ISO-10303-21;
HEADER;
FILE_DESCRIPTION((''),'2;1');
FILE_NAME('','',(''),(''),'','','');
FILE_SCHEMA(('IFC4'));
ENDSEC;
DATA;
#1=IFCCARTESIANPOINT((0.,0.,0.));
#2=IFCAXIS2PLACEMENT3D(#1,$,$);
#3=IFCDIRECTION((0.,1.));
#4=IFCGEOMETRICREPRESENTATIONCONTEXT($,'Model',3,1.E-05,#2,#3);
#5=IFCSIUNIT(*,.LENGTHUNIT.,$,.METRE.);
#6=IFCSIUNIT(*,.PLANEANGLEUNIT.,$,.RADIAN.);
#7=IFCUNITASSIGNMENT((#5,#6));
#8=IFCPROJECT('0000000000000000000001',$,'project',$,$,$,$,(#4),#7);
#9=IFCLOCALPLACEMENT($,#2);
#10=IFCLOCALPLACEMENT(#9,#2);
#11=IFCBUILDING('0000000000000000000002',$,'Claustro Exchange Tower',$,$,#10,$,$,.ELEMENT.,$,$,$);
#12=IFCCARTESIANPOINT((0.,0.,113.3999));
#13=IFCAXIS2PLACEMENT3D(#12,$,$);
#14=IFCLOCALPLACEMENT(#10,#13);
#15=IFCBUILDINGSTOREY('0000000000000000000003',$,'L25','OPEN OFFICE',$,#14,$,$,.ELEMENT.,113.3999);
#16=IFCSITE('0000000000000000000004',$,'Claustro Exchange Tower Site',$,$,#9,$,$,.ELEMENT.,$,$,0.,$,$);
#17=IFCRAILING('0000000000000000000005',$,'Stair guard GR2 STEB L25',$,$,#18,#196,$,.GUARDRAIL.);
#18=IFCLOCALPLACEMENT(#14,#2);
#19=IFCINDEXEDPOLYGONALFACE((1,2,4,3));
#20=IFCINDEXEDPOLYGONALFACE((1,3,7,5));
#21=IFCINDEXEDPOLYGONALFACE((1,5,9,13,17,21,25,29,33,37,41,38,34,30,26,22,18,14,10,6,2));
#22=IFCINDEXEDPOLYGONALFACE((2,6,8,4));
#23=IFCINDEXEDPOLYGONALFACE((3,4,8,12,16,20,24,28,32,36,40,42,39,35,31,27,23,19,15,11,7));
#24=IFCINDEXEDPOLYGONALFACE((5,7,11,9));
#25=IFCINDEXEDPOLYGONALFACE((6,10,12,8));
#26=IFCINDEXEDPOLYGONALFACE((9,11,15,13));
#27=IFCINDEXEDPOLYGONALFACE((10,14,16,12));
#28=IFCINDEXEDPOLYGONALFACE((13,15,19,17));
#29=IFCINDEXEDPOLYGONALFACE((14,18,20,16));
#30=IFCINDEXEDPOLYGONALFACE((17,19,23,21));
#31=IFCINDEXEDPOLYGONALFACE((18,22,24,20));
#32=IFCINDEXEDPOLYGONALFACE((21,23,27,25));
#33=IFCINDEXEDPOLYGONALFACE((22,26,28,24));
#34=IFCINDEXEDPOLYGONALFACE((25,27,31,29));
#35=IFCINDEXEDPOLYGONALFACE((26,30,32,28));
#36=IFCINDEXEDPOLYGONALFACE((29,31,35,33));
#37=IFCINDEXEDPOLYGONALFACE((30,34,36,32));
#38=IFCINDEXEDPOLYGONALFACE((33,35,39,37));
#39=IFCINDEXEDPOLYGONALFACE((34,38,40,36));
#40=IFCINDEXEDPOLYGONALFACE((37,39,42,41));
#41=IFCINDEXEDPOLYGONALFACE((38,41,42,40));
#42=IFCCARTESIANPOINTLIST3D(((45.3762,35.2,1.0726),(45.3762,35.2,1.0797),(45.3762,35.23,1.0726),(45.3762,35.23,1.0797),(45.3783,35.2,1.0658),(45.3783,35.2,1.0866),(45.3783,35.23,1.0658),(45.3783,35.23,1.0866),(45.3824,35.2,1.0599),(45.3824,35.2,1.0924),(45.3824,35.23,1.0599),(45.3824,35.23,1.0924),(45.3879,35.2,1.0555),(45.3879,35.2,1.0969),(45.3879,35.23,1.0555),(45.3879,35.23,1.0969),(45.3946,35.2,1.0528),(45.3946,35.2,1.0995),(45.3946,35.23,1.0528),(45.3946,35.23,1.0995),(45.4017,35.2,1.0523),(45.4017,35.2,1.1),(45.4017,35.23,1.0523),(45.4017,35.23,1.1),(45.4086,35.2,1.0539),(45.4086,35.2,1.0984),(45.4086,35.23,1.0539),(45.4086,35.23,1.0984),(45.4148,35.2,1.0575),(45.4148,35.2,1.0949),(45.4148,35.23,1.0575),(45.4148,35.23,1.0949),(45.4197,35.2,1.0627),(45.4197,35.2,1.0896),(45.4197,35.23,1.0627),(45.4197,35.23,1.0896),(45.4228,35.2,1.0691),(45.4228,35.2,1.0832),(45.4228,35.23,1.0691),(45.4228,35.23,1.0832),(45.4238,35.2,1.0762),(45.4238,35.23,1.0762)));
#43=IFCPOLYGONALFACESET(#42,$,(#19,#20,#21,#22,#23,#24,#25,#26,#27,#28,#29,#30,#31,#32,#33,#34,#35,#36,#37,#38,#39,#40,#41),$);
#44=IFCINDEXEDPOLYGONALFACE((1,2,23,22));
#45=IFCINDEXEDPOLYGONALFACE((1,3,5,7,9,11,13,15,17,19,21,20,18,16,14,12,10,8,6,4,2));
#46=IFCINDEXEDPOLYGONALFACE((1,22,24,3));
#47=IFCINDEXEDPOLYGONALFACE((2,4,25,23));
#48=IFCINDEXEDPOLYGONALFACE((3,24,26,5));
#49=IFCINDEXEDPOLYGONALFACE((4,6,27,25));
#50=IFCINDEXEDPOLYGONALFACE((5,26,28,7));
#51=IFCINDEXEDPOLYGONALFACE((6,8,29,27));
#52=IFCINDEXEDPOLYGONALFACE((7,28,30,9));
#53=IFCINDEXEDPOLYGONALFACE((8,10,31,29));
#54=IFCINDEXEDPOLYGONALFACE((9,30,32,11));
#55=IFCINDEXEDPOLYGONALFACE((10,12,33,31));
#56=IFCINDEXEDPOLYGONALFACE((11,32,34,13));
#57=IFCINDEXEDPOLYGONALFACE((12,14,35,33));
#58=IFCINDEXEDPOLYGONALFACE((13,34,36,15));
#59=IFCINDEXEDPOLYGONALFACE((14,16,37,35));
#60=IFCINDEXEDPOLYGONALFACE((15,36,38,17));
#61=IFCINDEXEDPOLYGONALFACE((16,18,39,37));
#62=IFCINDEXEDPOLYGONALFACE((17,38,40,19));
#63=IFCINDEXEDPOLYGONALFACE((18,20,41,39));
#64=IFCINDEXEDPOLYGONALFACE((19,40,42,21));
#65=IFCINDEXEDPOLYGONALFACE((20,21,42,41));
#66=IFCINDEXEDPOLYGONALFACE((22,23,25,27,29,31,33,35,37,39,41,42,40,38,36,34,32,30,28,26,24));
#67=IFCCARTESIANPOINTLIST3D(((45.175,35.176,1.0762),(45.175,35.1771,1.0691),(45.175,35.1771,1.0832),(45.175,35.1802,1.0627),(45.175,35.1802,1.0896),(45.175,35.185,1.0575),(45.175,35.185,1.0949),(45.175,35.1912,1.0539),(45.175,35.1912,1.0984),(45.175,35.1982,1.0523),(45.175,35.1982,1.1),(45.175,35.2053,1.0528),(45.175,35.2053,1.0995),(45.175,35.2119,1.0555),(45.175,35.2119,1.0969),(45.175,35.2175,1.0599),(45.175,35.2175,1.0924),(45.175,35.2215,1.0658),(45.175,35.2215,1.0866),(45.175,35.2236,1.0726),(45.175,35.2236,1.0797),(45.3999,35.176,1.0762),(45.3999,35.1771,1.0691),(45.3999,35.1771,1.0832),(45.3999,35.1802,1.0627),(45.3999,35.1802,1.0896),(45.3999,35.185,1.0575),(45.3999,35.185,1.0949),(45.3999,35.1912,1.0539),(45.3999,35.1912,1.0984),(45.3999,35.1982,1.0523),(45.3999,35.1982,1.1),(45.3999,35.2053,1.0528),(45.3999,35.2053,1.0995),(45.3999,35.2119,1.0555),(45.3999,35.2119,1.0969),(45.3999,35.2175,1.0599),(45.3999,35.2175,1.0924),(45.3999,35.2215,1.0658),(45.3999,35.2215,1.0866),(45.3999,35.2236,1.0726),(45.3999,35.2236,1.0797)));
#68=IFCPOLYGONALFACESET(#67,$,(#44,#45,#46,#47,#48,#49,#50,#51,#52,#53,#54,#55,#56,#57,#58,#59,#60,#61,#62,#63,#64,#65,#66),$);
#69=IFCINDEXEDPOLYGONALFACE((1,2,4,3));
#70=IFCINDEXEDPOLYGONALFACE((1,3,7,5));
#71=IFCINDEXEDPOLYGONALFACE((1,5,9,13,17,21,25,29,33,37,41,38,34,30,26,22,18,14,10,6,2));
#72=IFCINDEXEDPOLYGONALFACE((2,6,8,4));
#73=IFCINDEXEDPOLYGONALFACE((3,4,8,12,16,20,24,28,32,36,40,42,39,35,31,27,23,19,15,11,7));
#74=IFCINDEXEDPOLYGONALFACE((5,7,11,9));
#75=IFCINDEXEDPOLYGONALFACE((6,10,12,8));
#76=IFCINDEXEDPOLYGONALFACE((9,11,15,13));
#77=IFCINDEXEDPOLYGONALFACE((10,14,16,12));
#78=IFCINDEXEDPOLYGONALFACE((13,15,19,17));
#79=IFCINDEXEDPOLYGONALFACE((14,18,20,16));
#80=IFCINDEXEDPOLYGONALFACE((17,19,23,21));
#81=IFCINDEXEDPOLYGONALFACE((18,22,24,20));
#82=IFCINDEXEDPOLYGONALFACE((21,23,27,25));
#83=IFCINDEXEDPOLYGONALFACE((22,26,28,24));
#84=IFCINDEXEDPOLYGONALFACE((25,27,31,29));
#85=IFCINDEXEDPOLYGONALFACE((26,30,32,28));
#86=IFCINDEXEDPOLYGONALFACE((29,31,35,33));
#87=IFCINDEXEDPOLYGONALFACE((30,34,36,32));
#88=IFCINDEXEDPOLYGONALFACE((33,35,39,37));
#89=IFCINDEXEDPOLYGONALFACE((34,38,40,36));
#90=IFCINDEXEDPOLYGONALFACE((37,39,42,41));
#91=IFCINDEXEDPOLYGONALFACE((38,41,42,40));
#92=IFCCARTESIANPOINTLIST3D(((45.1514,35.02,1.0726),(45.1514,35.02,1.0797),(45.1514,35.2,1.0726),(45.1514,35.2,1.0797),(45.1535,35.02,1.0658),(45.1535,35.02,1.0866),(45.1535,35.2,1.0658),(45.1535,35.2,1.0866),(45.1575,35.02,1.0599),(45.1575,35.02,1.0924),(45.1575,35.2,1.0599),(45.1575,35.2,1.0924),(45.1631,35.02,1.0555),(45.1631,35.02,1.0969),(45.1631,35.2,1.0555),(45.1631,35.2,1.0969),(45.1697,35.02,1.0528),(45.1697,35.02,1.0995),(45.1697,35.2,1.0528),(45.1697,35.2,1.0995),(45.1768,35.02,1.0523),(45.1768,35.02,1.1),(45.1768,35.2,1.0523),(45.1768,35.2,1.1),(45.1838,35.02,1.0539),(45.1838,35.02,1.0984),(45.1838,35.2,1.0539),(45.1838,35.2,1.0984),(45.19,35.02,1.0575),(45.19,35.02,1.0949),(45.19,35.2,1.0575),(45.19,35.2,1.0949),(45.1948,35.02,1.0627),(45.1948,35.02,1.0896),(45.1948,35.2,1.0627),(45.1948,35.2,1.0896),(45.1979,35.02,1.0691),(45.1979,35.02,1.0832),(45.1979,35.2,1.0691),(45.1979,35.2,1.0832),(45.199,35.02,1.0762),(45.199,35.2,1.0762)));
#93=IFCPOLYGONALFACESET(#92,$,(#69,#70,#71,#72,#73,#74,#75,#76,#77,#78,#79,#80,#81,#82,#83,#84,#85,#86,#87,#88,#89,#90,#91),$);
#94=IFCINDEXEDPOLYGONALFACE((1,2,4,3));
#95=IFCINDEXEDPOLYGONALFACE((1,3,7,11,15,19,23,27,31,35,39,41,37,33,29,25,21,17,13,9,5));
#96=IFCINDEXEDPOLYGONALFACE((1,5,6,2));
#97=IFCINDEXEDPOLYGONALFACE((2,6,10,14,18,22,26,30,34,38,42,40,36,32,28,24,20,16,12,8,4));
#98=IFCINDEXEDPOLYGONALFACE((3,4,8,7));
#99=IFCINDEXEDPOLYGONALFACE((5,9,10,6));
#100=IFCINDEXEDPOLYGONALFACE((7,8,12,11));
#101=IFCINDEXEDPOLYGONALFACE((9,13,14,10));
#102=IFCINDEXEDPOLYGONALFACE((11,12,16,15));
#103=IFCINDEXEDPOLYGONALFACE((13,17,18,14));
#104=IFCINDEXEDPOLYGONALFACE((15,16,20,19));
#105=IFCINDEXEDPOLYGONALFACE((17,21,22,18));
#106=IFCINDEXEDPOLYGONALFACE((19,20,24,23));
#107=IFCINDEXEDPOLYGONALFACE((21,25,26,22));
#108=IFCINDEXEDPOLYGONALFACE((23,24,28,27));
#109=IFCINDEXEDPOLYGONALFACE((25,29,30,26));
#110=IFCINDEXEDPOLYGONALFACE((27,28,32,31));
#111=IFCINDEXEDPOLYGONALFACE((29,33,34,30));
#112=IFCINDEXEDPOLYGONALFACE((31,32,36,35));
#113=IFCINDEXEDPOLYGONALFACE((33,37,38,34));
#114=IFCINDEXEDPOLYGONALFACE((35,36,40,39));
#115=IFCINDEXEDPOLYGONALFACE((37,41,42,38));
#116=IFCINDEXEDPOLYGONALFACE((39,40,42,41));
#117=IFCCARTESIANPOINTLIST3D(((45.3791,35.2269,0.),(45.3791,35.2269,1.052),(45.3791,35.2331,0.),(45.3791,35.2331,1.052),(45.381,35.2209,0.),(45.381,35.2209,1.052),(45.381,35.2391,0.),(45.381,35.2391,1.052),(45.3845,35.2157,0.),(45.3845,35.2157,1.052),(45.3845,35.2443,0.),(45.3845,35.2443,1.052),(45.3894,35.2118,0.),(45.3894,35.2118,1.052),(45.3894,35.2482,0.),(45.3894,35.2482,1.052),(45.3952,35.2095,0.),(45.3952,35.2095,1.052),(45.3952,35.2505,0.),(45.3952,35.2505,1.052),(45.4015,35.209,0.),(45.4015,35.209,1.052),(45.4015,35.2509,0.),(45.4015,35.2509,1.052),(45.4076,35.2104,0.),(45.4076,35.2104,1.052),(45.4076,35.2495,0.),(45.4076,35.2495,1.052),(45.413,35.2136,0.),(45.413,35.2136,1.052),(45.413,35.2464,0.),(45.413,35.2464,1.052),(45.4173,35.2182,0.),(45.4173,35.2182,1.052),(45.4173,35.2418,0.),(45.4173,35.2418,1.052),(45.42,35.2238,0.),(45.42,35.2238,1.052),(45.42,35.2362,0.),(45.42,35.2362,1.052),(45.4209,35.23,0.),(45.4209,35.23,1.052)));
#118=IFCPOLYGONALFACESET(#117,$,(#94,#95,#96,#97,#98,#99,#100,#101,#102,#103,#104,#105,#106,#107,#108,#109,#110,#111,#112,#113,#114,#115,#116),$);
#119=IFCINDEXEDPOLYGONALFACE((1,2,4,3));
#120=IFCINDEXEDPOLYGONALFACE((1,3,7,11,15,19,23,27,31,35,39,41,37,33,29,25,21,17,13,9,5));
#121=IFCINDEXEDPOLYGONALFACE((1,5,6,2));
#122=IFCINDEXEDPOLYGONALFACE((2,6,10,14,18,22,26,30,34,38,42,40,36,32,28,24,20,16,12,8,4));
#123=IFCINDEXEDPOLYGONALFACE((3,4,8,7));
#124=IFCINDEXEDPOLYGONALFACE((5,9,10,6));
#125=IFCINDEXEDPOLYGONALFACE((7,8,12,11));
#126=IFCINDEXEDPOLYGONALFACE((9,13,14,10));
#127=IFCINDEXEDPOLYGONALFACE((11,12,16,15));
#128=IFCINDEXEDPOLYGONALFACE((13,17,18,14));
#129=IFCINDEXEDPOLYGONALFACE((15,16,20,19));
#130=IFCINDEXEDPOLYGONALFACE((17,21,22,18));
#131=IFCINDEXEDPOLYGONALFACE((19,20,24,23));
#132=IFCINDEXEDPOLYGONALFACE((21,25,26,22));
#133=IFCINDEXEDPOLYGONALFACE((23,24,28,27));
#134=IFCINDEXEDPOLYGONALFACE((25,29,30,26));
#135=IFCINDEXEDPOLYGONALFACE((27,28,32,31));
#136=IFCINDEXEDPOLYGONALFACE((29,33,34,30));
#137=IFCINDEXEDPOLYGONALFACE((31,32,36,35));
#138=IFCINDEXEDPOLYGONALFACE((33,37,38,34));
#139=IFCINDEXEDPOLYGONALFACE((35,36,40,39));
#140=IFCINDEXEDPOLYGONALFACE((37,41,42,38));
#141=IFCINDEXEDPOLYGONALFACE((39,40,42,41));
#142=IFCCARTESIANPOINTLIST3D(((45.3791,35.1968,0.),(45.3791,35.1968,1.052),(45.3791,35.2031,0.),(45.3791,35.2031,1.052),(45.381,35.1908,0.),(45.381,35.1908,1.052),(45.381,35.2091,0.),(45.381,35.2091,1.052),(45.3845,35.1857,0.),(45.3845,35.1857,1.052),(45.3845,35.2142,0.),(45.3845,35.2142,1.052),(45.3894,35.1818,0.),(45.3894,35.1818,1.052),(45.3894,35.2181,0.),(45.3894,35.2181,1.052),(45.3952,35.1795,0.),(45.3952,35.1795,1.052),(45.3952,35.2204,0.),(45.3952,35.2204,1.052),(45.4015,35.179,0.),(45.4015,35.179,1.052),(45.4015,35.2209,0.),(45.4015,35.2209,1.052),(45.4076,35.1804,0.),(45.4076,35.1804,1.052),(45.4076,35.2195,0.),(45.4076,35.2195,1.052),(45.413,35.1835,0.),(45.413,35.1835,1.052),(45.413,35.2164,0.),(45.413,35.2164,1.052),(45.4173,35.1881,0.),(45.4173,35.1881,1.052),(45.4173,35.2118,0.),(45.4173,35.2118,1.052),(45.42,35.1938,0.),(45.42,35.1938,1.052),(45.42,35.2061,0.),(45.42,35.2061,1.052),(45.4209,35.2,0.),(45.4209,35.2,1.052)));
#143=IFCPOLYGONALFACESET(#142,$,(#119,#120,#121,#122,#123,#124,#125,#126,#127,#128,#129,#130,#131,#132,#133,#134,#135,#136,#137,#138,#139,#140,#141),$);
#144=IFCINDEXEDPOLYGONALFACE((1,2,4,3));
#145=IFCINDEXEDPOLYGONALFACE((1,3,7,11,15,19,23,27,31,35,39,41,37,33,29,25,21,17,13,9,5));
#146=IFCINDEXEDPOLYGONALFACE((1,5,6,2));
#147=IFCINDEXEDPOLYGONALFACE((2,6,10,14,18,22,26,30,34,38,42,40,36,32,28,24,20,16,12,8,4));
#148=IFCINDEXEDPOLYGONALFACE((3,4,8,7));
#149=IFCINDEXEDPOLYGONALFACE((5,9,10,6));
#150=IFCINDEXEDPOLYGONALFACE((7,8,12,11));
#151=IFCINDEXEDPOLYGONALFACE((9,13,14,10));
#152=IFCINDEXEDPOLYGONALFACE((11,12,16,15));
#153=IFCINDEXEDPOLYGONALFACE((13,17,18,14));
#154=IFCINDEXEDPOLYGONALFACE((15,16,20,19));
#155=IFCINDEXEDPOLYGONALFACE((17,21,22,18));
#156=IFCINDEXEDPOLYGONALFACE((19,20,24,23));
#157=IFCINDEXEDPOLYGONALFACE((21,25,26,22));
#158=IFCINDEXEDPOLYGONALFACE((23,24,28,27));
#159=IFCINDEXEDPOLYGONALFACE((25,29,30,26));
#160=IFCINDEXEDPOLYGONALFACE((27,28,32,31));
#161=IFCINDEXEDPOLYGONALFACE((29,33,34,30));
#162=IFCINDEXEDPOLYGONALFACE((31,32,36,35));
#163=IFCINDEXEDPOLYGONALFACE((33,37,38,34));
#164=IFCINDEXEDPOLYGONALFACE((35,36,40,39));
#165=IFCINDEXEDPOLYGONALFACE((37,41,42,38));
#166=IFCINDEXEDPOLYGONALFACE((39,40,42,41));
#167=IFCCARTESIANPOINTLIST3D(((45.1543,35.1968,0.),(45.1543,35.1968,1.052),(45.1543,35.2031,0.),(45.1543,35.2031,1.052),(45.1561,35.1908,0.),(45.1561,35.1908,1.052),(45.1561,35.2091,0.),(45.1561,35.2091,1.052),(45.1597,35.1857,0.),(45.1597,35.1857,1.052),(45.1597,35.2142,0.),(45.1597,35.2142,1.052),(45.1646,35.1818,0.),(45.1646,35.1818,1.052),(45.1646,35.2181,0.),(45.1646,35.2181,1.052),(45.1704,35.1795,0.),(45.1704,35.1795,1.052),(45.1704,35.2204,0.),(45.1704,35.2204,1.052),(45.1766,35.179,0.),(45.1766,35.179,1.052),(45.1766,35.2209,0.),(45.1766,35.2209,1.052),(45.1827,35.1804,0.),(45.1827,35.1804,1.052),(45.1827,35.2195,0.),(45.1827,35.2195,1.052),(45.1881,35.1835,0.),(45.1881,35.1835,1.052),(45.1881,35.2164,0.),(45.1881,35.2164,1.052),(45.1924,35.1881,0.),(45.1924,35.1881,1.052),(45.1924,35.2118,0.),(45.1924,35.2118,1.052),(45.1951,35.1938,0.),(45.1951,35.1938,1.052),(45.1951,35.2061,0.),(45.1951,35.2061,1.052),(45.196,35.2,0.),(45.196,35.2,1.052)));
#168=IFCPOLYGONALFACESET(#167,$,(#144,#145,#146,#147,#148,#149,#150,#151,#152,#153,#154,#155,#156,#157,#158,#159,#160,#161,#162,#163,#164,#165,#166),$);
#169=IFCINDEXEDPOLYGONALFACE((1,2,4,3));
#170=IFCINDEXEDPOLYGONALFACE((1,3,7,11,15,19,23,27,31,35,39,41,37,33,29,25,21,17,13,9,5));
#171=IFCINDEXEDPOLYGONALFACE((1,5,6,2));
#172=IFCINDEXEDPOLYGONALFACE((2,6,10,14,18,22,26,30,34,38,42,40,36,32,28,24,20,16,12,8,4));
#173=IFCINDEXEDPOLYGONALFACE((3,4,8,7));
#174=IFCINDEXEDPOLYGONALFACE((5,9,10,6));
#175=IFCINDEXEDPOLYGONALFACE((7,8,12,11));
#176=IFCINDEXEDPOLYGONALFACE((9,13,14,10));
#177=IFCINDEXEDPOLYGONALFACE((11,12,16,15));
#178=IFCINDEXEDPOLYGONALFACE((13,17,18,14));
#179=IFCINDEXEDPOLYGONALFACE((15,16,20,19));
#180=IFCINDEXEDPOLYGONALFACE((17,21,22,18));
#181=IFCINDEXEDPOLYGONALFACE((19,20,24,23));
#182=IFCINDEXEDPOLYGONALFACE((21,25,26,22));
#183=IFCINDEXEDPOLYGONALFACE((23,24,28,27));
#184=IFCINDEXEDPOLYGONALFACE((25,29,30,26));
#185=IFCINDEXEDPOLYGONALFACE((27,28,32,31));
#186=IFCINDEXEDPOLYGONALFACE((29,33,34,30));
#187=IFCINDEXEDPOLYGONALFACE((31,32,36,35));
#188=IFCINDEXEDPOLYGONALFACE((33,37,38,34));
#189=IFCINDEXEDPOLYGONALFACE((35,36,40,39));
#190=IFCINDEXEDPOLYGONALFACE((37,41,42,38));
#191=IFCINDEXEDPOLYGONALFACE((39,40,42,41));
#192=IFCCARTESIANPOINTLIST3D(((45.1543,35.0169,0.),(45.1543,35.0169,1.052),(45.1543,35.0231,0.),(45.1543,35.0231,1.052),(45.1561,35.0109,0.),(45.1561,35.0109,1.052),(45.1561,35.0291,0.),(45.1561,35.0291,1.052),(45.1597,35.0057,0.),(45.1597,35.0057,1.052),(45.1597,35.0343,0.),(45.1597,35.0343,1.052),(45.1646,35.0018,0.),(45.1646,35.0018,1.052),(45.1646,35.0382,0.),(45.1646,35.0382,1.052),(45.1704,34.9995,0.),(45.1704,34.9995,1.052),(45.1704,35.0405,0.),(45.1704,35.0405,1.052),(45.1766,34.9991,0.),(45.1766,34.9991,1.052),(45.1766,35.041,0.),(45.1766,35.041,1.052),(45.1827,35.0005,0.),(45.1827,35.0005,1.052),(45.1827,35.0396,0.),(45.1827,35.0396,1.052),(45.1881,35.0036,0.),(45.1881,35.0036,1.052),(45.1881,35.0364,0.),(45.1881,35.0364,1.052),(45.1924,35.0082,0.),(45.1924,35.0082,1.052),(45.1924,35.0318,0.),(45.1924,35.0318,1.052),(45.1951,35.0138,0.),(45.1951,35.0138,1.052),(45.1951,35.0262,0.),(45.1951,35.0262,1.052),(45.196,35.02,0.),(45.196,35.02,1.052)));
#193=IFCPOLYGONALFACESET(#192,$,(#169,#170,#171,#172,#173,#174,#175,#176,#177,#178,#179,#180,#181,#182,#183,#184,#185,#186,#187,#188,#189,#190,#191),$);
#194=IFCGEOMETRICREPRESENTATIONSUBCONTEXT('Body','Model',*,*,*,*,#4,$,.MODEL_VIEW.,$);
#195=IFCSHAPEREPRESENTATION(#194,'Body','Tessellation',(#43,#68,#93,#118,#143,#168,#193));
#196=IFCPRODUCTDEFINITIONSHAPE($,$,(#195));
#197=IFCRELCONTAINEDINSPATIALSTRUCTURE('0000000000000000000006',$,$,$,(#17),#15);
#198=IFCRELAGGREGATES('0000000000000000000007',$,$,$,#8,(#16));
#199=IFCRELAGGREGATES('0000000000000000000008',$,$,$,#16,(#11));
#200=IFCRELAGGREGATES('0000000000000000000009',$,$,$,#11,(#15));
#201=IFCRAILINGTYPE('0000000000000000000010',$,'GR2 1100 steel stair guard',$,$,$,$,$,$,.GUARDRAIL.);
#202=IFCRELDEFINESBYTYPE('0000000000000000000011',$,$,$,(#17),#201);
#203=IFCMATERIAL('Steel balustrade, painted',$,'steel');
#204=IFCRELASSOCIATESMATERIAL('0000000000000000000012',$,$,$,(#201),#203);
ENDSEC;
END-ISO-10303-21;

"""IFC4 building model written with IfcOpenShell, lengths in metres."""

from ifc_helpers import new_model, si_unit, direction, frame, origin, origin_2d, place, context, subcontext, project, spatial, circle, extrude, material, type_object, element, save


model = new_model("IFC4")

# Units and contexts
model_context = context("Model", 3, precision=1e-05, world=origin(), true_north=direction((0.0, 1.0)))
body_context = subcontext(model_context, "Body", "Model", "MODEL_VIEW")
ifc_project = project(units=[si_unit("LENGTHUNIT", "METRE"), si_unit("PLANEANGLEUNIT", "RADIAN")], contexts=[model_context])

# Site, building, storey
site_placement = place(None, origin())
site = spatial("IfcSite", under=ifc_project, at=site_placement, Name="Claustro Exchange Tower Site", CompositionType="ELEMENT", RefElevation=0.0)
building_placement = place(site_placement, origin())
building = spatial("IfcBuilding", under=site, at=building_placement, Name="Claustro Exchange Tower", CompositionType="ELEMENT")
storey_placement = place(building_placement, frame((0.0, 0.0, 113.3999)))
storey = spatial("IfcBuildingStorey", under=building, at=storey_placement, Name="L25", Description="OPEN OFFICE", CompositionType="ELEMENT", Elevation=113.3999)

# Railing
ifc_material_1 = material(Name="Steel balustrade, painted", Category="steel")
railing_type_1 = type_object("IfcRailingType", Name="GR2 1100 steel stair guard", PredefinedType="GUARDRAIL", material=ifc_material_1)
railing_1_placement = place(storey_placement, frame((45.3999, 35.23, 0.0)))
element("IfcRailing", 1, at=railing_1_placement, inside=storey, type_object=railing_type_1, Name="Stair guard GR2 STEB L25", PredefinedType="GUARDRAIL", context=body_context, shape_type="SweptSolid", body=[
    extrude(circle(Radius=0.0239, at=origin_2d()), frame((0.0, 0.0, 1.0762), z_axis=(0.0, -1.0, 0.0), x_axis=(1.0, 0.0, 0.0)), (0.0, 0.0, 1.0), 0.03),
    extrude(circle(Radius=0.0239, at=origin_2d()), frame((0.0, -0.03, 1.0762), z_axis=(-1.0, 0.0, 0.0), x_axis=(0.0, -1.0, 0.0)), (0.0, 0.0, 1.0), 0.2249),
    extrude(circle(Radius=0.0239, at=origin_2d()), frame((-0.2249, -0.03, 1.0762), z_axis=(0.0, -1.0, 0.0), x_axis=(1.0, 0.0, 0.0)), (0.0, 0.0, 1.0), 0.1799),
    extrude(circle(Radius=0.021, at=origin_2d()), origin(), (0.0, 0.0, 1.0), 1.052),
    extrude(circle(Radius=0.021, at=origin_2d()), frame((0.0, -0.03, 0.0)), (0.0, 0.0, 1.0), 1.052),
    extrude(circle(Radius=0.021, at=origin_2d()), frame((-0.2249, -0.03, 0.0)), (0.0, 0.0, 1.0), 1.052),
    extrude(circle(Radius=0.021, at=origin_2d()), frame((-0.2249, -0.21, 0.0)), (0.0, 0.0, 1.0), 1.052),
])

save(model, "model.ifc")
